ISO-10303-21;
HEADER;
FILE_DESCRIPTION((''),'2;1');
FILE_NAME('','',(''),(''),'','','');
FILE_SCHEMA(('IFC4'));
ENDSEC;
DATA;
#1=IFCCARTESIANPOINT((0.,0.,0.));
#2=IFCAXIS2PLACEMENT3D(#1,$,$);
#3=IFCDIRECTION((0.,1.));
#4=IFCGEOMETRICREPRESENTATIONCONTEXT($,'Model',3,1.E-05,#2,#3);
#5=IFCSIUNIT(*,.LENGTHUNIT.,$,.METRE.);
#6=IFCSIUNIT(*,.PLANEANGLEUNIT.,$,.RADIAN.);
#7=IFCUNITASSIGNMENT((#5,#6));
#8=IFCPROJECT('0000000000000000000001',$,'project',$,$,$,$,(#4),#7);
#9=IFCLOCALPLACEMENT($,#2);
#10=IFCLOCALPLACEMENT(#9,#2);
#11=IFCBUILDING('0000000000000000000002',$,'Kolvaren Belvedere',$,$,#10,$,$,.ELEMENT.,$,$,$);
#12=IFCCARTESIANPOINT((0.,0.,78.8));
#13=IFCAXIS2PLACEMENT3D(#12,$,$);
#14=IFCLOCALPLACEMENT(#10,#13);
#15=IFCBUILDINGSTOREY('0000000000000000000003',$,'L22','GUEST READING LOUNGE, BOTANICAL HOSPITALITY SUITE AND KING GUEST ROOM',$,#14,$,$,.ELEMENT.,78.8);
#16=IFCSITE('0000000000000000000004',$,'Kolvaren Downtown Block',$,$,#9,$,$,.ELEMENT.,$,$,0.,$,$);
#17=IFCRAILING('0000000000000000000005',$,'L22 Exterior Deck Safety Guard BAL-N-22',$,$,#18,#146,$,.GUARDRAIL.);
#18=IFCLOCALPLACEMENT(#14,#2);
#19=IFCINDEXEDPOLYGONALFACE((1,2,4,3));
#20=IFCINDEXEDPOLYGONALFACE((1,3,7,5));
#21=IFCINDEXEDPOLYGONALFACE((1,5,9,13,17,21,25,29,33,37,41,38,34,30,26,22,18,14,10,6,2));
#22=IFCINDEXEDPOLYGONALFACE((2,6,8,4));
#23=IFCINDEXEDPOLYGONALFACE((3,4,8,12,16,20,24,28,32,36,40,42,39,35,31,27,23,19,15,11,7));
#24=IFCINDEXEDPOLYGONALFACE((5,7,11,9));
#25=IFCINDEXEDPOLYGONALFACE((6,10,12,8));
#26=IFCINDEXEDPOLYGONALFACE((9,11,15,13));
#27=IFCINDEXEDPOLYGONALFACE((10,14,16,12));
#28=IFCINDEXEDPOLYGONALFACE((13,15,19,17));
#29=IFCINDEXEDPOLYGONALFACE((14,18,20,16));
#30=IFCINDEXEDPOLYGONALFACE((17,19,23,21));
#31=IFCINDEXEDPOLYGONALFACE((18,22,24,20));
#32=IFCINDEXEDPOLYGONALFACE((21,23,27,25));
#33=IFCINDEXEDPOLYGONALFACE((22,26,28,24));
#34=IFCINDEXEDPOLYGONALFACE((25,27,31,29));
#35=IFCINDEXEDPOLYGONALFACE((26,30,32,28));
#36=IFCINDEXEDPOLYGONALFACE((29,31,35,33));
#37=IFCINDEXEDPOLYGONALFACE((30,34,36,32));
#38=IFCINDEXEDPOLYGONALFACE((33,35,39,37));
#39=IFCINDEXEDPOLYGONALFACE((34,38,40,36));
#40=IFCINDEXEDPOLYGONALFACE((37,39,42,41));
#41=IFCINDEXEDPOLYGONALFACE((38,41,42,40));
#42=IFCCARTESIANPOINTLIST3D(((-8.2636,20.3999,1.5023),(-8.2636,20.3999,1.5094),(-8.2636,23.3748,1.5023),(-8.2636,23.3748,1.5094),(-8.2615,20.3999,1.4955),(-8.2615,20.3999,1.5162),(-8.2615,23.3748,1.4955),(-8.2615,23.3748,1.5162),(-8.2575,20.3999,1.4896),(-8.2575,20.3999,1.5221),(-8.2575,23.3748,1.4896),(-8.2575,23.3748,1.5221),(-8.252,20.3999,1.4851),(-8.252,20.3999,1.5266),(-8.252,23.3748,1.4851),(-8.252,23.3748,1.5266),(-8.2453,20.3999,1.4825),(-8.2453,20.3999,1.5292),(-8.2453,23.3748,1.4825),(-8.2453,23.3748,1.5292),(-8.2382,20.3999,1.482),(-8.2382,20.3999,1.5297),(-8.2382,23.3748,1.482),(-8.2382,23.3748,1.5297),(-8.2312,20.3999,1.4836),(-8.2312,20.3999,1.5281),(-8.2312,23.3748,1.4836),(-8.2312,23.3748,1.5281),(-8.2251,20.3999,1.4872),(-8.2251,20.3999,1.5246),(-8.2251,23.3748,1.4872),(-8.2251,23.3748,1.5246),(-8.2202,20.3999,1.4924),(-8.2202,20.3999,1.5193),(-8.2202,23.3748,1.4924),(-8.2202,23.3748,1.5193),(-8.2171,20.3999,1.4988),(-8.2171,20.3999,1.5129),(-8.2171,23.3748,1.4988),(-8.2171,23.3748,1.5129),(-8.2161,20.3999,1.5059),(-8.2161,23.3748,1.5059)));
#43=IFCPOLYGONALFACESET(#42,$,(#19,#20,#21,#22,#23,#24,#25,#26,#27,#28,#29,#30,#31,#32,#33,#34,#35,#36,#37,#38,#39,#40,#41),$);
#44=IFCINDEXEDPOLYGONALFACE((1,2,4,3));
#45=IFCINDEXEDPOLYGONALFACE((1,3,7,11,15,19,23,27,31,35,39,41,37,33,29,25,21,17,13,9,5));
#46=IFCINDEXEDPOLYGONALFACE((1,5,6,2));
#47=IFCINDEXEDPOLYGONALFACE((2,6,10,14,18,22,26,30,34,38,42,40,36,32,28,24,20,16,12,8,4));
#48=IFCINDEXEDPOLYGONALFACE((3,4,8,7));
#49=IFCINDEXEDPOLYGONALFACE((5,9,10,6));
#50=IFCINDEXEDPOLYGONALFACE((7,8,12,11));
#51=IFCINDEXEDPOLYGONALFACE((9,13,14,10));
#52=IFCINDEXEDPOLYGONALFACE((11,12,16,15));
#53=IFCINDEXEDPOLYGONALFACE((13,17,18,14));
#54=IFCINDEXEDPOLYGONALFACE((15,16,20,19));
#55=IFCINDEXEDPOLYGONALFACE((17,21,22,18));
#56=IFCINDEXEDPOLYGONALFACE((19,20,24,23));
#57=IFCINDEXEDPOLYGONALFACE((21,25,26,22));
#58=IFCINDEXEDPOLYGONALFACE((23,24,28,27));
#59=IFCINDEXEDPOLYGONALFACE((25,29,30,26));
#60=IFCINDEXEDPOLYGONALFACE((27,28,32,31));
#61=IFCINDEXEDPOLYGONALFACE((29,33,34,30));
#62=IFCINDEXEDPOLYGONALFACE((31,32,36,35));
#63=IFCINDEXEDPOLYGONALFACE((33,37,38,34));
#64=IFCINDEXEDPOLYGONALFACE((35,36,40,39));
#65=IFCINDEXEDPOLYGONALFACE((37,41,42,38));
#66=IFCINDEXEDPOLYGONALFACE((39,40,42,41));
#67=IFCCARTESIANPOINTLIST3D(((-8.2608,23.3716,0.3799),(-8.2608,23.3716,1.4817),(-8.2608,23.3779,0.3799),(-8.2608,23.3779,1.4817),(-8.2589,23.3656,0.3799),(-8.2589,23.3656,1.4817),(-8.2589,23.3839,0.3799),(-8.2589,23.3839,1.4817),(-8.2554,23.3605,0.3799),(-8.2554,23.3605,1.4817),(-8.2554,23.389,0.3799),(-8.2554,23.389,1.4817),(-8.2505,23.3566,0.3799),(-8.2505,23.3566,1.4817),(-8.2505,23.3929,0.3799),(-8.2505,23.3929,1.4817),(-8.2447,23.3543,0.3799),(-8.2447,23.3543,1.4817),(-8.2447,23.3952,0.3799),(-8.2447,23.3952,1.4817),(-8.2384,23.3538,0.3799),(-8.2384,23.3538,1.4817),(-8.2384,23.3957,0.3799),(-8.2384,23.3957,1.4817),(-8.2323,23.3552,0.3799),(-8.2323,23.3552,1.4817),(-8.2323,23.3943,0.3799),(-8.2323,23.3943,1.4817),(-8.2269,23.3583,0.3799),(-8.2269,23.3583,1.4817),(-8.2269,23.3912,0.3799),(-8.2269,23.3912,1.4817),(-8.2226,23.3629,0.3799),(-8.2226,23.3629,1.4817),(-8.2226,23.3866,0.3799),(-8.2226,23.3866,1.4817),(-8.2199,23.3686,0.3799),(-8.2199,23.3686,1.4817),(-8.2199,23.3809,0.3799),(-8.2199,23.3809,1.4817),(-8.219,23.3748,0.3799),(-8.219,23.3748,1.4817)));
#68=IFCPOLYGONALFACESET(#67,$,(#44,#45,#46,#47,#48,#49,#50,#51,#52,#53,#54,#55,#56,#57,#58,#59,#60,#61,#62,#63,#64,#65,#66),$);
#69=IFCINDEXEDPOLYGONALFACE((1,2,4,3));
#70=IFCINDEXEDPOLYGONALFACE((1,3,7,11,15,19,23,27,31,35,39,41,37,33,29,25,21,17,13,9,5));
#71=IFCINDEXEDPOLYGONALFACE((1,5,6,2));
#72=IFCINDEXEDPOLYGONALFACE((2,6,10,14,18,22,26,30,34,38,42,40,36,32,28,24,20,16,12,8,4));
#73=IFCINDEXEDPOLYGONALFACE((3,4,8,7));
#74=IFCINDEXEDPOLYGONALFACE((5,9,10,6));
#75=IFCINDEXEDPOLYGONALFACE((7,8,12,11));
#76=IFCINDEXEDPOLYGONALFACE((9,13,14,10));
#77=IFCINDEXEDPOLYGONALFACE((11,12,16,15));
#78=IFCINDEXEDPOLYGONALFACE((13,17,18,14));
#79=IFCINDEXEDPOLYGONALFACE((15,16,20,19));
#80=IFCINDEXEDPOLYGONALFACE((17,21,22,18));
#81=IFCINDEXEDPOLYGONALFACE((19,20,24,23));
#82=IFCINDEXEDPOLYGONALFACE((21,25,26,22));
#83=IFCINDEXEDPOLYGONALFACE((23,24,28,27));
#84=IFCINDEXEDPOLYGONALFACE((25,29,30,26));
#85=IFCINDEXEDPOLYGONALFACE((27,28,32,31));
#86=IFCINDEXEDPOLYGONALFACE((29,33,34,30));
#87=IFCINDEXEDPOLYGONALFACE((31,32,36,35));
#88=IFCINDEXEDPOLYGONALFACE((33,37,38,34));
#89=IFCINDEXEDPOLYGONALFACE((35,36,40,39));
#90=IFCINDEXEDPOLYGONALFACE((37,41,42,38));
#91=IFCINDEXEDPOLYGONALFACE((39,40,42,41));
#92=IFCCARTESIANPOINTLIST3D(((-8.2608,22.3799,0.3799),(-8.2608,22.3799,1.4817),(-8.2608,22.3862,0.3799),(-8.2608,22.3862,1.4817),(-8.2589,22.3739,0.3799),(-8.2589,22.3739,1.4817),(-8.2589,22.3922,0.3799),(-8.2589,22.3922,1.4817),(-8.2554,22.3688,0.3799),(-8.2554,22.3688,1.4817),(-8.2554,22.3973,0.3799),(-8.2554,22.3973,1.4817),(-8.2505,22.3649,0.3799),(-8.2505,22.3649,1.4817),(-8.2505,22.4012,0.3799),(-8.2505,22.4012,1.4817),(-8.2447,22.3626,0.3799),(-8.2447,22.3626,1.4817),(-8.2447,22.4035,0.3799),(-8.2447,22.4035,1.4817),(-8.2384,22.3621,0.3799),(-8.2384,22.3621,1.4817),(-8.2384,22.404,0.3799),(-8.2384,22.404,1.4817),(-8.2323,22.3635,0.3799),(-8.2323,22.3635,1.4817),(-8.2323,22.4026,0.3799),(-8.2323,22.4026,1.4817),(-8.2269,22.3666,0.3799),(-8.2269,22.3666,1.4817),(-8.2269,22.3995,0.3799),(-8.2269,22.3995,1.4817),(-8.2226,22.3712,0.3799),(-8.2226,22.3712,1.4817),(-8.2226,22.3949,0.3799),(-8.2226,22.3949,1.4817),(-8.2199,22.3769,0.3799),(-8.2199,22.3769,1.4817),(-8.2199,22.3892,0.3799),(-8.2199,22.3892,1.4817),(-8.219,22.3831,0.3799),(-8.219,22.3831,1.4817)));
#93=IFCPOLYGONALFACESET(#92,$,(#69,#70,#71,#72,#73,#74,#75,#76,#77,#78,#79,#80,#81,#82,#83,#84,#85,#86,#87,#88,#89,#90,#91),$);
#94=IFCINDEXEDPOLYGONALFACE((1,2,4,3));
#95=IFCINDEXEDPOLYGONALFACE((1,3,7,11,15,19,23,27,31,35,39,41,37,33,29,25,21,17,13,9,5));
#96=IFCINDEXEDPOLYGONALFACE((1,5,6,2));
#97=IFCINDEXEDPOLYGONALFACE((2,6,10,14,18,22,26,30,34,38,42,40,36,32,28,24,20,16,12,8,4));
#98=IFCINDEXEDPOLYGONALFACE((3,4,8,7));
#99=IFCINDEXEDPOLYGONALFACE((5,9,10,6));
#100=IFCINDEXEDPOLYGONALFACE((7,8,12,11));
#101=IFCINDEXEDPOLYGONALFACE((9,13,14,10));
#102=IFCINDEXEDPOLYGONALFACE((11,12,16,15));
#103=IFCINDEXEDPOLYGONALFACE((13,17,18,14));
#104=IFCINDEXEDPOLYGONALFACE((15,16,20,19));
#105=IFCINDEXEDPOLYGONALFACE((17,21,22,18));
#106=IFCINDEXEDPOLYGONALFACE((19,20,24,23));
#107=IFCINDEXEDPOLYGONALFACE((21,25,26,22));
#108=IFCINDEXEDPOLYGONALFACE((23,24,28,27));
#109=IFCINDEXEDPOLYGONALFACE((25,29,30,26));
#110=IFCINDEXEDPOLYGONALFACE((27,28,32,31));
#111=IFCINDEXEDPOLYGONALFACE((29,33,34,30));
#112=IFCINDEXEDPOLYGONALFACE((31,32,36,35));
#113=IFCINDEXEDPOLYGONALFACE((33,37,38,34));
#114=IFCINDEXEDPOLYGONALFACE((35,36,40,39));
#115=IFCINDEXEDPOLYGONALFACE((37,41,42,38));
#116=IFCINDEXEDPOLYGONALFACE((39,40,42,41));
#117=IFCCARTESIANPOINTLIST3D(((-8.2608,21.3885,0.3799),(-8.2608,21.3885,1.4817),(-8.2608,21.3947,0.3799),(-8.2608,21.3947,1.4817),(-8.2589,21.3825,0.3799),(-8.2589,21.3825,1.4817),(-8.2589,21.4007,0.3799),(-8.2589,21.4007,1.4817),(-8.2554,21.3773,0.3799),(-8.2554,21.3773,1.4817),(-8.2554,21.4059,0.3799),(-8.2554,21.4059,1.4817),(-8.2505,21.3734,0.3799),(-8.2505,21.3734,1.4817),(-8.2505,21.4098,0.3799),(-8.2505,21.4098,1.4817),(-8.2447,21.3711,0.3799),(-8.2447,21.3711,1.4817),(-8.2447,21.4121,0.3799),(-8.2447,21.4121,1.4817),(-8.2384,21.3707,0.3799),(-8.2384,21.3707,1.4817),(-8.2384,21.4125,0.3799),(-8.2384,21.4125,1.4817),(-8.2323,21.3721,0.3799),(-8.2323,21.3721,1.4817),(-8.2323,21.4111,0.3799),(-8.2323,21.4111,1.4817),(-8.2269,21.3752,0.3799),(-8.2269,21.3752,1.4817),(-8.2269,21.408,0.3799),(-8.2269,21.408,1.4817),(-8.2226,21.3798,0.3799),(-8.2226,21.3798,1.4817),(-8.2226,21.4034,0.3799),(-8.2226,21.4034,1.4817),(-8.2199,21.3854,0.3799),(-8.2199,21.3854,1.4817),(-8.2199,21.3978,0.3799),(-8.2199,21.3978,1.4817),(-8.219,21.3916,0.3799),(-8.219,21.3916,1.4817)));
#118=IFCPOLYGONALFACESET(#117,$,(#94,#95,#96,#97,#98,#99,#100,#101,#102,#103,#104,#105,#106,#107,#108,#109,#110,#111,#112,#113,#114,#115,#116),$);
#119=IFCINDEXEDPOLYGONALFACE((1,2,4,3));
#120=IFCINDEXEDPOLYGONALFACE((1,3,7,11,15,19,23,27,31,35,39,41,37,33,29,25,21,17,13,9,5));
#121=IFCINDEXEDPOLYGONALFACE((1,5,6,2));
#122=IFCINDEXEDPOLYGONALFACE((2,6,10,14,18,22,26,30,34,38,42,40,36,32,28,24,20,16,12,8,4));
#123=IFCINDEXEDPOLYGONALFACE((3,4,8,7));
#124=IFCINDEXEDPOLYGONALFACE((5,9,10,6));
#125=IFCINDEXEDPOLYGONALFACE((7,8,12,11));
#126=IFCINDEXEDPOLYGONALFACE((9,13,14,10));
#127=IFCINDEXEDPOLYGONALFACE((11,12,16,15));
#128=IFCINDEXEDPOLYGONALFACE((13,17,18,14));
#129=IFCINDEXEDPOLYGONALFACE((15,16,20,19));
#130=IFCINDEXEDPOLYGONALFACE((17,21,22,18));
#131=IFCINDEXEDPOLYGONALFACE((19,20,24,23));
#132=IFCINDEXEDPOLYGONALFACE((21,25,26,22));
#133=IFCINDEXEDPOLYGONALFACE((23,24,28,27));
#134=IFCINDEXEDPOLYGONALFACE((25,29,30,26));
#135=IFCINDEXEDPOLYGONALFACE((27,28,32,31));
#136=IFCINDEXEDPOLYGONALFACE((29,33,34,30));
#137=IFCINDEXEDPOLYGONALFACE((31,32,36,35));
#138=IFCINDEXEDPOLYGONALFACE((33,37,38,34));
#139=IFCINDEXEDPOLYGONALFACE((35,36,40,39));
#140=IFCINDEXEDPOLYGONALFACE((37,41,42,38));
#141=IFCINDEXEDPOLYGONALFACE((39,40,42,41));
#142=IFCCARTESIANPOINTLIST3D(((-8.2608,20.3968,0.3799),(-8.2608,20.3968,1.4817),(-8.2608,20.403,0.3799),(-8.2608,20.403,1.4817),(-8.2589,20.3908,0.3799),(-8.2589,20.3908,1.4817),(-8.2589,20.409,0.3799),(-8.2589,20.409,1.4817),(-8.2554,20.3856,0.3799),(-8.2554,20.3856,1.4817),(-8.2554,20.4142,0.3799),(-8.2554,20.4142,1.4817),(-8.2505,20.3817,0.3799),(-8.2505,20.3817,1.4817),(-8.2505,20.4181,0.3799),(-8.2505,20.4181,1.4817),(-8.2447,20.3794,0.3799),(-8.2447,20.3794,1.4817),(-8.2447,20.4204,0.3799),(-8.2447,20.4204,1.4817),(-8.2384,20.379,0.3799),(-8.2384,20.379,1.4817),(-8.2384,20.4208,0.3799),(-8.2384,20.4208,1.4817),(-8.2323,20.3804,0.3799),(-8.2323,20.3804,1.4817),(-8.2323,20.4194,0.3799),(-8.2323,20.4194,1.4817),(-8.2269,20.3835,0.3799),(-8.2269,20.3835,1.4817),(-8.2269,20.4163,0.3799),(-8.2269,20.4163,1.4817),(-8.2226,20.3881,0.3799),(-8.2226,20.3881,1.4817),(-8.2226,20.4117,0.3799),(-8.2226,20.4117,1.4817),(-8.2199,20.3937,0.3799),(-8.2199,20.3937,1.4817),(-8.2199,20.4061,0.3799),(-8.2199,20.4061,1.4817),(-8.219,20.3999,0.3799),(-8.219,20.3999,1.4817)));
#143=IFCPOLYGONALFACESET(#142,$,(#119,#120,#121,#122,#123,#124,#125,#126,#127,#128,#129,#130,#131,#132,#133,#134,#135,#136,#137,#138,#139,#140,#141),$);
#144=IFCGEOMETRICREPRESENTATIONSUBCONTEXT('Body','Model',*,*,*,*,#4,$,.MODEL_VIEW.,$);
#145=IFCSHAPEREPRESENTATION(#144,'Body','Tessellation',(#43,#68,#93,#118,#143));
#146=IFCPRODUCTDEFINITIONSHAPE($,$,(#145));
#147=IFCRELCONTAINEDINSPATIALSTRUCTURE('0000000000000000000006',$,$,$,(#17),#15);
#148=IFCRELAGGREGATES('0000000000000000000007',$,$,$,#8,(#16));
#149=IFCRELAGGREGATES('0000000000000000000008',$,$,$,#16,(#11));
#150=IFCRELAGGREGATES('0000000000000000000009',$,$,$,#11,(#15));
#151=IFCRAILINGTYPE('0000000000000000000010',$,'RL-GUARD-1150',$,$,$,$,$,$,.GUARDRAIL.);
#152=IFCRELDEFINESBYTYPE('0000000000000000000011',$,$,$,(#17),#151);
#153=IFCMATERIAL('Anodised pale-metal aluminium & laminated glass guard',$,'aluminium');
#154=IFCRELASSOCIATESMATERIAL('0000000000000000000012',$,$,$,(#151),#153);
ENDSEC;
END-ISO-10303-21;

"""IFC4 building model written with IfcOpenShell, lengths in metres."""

from ifc_helpers import new_model, si_unit, direction, frame, origin, origin_2d, place, context, subcontext, project, spatial, circle, extrude, material, type_object, element, save


model = new_model("IFC4")

# Units and contexts
model_context = context("Model", 3, precision=1e-05, world=origin(), true_north=direction((0.0, 1.0)))
body_context = subcontext(model_context, "Body", "Model", "MODEL_VIEW")
ifc_project = project(units=[si_unit("LENGTHUNIT", "METRE"), si_unit("PLANEANGLEUNIT", "RADIAN")], contexts=[model_context])

# Site, building, storey
site_placement = place(None, origin())
site = spatial("IfcSite", under=ifc_project, at=site_placement, Name="Kolvaren Downtown Block", CompositionType="ELEMENT", RefElevation=0.0)
building_placement = place(site_placement, origin())
building = spatial("IfcBuilding", under=site, at=building_placement, Name="Kolvaren Belvedere", CompositionType="ELEMENT")
storey_placement = place(building_placement, frame((0.0, 0.0, 78.8)))
storey = spatial("IfcBuildingStorey", under=building, at=storey_placement, Name="L22", Description="GUEST READING LOUNGE, BOTANICAL HOSPITALITY SUITE AND KING GUEST ROOM", CompositionType="ELEMENT", Elevation=78.8)

# Railing
ifc_material_1 = material(Name="Anodised pale-metal aluminium & laminated glass guard", Category="aluminium")
railing_type = type_object("IfcRailingType", Name="RL-GUARD-1150", PredefinedType="GUARDRAIL", material=ifc_material_1)
railing_placement = place(storey_placement, frame((-8.24, 23.3748, 0.3799)))
element("IfcRailing", 1, at=railing_placement, inside=storey, type_object=railing_type, Name="L22 Exterior Deck Safety Guard BAL-N-22", PredefinedType="GUARDRAIL", context=body_context, shape_type="SweptSolid", body=[
    extrude(circle(Radius=0.0239, at=origin_2d()), frame((0.0, 0.0, 1.126), z_axis=(0.0, -1.0, 0.0), x_axis=(1.0, 0.0, 0.0)), (0.0, 0.0, 1.0), 2.9749),
    extrude(circle(Radius=0.021, at=origin_2d()), origin(), (0.0, 0.0, 1.0), 1.1018),
    extrude(circle(Radius=0.021, at=origin_2d()), frame((0.0, -0.9917, 0.0)), (0.0, 0.0, 1.0), 1.1018),
    extrude(circle(Radius=0.021, at=origin_2d()), frame((0.0, -1.9832, 0.0)), (0.0, 0.0, 1.0), 1.1018),
    extrude(circle(Radius=0.021, at=origin_2d()), frame((0.0, -2.9749, 0.0)), (0.0, 0.0, 1.0), 1.1018),
])

save(model, "model.ifc")
